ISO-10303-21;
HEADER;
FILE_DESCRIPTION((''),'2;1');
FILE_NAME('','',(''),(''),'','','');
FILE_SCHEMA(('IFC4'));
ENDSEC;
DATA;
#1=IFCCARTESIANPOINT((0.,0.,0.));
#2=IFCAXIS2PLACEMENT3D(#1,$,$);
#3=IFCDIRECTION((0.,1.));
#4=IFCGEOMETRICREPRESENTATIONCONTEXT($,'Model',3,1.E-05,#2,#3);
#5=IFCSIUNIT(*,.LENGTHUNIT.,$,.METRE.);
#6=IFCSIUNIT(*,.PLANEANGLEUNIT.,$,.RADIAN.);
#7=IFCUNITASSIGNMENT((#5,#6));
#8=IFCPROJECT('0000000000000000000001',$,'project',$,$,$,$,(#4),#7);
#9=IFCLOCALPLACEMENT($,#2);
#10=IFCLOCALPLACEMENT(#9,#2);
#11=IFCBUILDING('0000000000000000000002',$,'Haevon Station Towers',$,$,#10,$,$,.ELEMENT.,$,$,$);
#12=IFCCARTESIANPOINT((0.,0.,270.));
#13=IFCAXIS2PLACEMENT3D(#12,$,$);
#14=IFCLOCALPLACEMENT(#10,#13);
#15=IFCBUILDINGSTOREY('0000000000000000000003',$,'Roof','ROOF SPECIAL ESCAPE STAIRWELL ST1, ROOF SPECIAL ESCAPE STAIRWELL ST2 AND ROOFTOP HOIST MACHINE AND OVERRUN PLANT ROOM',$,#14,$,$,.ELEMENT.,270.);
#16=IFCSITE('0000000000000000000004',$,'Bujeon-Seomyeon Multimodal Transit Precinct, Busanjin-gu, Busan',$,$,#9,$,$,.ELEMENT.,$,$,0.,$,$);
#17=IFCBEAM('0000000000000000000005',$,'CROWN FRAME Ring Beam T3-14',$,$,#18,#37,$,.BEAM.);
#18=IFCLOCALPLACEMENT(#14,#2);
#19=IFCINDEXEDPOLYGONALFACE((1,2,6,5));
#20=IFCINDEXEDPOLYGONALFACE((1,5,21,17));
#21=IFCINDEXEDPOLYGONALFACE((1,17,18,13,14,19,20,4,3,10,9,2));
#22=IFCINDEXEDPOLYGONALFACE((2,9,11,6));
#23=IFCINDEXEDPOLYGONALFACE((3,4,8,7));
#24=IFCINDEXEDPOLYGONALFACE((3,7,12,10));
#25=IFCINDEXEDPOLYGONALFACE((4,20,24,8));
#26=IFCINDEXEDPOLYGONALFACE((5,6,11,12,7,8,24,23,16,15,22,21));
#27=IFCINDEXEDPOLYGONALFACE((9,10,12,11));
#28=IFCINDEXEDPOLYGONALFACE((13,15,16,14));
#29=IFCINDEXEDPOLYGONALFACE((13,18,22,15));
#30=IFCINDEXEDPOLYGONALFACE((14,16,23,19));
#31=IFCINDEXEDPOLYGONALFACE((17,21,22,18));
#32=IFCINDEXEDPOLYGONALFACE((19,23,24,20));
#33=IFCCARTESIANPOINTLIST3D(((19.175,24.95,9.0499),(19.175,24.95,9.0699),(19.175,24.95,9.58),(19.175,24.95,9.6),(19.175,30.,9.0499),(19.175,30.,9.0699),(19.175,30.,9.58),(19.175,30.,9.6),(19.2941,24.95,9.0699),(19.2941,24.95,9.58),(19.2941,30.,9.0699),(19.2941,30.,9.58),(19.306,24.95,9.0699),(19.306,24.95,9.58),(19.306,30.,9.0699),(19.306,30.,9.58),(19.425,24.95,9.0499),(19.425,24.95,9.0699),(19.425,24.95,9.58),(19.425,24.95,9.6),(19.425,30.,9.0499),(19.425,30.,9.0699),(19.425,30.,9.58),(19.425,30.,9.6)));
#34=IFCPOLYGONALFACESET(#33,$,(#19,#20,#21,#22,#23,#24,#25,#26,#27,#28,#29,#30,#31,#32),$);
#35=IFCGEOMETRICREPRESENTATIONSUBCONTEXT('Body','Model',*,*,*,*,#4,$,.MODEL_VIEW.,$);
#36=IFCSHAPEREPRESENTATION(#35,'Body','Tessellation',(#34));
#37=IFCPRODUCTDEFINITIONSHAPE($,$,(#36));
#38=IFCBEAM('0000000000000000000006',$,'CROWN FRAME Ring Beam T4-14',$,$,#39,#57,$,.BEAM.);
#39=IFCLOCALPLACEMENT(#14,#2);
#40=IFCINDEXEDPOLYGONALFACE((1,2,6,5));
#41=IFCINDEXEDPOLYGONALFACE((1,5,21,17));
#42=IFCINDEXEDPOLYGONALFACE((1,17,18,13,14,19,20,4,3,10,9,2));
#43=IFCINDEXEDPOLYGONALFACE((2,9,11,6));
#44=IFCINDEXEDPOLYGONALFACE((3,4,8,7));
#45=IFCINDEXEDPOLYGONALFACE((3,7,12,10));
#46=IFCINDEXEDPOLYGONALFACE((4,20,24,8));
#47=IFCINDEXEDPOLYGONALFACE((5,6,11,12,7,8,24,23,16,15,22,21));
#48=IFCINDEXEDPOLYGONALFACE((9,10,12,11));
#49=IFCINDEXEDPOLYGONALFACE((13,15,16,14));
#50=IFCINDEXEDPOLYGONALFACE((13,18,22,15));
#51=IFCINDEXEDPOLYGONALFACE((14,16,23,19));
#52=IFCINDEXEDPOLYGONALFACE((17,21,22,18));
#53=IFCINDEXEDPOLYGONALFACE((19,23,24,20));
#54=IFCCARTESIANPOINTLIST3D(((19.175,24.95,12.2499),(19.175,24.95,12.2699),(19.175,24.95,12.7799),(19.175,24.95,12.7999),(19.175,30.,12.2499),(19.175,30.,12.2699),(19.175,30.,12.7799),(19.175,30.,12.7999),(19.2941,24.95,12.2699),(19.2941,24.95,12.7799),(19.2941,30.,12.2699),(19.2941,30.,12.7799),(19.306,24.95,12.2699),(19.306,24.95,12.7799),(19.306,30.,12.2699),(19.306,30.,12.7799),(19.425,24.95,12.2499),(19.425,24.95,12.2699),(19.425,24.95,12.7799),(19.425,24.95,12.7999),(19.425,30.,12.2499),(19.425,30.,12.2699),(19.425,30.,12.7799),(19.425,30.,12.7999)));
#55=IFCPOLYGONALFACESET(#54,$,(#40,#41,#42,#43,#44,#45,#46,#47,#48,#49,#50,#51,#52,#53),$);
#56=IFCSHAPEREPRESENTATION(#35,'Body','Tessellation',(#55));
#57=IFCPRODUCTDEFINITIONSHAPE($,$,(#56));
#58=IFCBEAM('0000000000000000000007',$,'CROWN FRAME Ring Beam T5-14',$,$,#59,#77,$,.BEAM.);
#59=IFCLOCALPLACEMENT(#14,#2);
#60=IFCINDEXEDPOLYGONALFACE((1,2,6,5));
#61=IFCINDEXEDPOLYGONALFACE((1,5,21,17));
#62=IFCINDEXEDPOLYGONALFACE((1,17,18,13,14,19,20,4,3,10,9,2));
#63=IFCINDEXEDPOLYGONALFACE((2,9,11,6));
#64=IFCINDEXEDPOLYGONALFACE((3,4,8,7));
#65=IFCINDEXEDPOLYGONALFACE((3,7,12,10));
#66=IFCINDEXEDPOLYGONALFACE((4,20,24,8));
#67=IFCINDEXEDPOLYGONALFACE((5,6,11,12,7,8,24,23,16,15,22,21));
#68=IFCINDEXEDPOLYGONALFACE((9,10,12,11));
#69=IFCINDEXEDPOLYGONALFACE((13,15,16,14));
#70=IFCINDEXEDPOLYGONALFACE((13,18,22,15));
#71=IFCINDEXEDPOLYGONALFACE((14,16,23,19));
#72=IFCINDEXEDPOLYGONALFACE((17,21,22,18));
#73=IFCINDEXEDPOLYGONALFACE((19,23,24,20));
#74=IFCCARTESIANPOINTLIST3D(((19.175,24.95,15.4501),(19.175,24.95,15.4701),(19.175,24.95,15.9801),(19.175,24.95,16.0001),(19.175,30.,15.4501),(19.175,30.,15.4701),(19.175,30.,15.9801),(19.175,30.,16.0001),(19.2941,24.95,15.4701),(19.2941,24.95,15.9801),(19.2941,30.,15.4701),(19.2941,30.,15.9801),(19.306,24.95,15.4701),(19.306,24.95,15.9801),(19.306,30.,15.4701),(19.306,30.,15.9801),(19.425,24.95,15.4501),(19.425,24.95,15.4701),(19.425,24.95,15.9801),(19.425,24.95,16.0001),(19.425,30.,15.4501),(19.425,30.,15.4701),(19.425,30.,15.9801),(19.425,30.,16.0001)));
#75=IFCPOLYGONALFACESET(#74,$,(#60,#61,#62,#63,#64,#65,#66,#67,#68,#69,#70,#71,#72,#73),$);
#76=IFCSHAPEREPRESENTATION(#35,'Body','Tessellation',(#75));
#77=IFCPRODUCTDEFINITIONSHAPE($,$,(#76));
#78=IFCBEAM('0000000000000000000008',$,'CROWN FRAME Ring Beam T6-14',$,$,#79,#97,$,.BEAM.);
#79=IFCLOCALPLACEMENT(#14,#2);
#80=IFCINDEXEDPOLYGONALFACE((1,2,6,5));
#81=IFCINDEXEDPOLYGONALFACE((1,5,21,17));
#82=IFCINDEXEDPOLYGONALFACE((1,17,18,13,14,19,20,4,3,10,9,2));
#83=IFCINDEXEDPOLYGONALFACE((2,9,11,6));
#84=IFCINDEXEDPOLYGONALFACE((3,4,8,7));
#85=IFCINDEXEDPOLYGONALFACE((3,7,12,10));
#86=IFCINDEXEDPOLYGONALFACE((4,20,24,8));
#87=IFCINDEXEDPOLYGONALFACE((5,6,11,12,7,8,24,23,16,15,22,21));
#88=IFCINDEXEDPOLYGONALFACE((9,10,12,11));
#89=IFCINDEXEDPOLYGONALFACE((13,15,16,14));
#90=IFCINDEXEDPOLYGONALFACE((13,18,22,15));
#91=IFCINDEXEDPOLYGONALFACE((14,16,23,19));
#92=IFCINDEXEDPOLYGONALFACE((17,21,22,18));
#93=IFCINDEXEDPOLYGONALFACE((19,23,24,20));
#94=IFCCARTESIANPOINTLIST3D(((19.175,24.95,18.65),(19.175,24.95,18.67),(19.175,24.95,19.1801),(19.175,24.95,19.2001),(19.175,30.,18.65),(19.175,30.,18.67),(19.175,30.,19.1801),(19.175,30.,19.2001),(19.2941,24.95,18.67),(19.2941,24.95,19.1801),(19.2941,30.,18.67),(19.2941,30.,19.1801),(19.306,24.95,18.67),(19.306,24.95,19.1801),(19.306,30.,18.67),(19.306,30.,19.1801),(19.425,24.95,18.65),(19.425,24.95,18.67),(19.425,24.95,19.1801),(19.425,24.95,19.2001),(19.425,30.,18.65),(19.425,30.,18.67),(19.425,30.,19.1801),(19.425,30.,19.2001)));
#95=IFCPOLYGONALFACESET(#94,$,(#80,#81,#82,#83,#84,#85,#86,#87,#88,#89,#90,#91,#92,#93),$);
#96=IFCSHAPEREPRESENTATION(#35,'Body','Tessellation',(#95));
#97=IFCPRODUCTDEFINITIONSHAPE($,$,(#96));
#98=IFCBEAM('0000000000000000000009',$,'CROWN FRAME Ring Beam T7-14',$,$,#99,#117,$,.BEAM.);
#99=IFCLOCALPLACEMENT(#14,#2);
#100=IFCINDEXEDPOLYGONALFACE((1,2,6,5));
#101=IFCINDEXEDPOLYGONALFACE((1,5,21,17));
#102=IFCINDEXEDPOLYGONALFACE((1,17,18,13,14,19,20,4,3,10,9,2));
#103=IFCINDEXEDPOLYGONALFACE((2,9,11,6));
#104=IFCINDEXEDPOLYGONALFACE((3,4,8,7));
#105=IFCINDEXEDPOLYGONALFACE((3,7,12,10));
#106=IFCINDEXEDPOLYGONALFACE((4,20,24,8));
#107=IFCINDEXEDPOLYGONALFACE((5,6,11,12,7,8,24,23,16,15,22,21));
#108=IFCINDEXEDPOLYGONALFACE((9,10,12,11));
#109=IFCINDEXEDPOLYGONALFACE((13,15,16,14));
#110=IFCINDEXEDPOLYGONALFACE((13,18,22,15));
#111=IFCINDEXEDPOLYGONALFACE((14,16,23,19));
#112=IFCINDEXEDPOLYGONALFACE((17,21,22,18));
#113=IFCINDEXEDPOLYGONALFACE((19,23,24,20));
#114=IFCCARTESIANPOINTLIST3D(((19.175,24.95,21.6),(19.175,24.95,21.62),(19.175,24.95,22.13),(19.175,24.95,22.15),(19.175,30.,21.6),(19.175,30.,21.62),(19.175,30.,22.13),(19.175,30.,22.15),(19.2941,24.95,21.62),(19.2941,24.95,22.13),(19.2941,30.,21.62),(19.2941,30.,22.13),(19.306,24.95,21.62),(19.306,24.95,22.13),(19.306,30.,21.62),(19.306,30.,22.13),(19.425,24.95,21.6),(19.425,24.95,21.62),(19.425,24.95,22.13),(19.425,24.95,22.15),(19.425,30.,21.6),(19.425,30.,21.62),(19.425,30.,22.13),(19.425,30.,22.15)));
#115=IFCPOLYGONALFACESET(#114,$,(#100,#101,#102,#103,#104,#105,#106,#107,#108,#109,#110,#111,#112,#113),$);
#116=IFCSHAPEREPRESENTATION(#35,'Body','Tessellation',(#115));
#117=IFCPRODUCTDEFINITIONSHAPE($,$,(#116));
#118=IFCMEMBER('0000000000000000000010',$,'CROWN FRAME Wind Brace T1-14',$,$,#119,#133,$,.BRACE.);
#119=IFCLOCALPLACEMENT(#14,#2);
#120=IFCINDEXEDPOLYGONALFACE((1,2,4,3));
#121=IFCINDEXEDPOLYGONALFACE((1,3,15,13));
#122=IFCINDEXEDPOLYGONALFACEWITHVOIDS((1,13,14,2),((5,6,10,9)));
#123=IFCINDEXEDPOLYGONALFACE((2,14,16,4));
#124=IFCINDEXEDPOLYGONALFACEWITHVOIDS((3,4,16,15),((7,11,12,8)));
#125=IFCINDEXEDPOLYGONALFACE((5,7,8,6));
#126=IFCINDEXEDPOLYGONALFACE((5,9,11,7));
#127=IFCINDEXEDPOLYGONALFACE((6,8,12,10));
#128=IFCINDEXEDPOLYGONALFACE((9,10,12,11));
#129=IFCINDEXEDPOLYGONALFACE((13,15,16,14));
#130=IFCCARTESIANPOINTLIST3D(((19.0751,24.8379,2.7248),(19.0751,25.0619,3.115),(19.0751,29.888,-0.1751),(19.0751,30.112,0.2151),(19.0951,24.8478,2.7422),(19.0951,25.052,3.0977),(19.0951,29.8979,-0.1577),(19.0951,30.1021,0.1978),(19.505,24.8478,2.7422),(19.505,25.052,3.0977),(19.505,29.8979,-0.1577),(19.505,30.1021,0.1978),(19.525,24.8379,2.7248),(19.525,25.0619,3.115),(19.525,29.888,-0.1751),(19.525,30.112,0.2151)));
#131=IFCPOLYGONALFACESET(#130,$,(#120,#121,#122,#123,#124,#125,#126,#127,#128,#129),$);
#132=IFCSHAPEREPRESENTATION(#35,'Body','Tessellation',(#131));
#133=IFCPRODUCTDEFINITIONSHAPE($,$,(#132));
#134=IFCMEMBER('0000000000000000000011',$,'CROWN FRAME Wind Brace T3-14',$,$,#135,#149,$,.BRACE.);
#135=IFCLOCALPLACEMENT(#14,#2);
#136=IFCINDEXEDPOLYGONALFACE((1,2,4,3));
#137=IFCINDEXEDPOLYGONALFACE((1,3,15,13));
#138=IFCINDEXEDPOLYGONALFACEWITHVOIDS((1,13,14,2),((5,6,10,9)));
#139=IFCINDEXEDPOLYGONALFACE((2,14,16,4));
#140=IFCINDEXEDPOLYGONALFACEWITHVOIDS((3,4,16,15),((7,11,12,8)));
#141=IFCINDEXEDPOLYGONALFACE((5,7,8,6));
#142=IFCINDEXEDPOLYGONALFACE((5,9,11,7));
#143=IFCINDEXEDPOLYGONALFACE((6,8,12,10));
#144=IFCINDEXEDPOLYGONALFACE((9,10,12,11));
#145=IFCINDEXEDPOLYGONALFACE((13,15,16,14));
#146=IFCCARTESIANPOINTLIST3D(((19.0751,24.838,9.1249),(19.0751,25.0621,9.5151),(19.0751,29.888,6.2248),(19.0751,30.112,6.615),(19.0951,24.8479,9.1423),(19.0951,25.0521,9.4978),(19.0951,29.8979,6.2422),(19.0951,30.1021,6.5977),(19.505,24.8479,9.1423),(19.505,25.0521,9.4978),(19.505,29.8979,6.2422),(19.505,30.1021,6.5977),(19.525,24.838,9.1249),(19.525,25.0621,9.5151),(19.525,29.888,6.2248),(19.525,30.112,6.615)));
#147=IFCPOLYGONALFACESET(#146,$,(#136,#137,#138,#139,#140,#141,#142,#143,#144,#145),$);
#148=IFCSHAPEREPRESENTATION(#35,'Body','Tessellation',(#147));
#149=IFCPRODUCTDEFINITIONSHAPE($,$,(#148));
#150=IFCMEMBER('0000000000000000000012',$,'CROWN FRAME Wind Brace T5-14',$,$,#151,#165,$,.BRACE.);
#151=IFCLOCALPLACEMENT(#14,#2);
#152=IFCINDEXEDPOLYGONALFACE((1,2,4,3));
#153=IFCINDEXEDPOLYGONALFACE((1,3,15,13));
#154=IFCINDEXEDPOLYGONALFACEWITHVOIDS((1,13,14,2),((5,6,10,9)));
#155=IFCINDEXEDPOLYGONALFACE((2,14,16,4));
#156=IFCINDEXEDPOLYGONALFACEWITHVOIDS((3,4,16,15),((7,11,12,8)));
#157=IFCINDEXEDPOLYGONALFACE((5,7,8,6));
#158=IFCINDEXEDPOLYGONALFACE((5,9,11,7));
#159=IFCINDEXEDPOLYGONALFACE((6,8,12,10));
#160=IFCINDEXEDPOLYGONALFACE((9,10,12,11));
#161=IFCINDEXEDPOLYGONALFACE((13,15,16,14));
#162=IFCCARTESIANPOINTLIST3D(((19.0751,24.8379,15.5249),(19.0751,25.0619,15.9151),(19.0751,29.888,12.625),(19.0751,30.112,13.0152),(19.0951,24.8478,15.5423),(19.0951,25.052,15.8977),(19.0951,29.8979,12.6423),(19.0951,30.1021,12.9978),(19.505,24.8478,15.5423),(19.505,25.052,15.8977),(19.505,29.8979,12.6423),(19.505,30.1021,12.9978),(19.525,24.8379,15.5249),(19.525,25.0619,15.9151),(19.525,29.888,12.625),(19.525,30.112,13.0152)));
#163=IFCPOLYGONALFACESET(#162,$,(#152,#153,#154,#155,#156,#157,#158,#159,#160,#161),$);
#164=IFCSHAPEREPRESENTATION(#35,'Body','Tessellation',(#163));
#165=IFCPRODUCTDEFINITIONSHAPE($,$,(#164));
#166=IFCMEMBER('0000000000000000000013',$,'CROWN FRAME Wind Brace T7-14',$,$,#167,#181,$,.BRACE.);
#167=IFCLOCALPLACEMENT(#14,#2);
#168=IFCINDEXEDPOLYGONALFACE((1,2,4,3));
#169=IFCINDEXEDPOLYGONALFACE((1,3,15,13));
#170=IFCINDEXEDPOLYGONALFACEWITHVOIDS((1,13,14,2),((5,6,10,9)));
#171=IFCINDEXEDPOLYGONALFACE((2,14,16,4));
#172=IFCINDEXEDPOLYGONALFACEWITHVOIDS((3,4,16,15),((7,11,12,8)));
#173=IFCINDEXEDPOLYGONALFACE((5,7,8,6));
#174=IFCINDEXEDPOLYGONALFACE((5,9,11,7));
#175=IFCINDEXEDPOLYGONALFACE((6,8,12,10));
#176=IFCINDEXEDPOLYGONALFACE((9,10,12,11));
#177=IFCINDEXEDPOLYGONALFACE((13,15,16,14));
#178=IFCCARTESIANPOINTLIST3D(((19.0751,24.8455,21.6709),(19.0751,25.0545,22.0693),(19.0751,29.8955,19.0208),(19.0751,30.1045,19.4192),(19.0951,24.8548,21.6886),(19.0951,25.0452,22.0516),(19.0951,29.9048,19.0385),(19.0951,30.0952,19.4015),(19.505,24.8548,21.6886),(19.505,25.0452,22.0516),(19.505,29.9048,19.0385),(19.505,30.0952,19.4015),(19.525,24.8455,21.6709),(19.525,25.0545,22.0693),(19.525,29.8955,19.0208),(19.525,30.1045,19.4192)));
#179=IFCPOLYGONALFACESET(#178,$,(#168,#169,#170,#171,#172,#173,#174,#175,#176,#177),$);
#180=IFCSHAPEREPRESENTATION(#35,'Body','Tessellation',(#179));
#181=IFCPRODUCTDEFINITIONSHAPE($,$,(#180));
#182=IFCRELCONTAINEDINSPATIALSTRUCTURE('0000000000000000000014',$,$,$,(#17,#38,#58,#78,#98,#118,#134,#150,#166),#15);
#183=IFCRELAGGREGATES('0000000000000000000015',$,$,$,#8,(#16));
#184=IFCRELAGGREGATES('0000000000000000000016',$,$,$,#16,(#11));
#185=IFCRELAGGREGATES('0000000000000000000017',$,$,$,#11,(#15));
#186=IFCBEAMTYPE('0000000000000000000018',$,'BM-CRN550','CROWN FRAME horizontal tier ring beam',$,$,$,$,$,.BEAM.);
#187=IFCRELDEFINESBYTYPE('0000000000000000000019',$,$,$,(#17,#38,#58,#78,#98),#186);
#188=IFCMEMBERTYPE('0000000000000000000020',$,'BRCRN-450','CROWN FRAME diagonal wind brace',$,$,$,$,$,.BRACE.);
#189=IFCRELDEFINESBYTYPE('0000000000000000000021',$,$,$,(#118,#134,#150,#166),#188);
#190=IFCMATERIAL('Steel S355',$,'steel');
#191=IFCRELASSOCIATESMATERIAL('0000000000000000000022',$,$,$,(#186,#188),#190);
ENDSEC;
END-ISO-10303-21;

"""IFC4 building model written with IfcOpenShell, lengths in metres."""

from ifc_helpers import new_model, si_unit, direction, frame, origin, origin_2d, place, context, subcontext, project, spatial, hollow_rectangle, i_section, extrude, material, material_profile, profile_set, type_object, element, save


model = new_model("IFC4")

# Units and contexts
model_context = context("Model", 3, precision=1e-05, world=origin(), true_north=direction((0.0, 1.0)))
body_context = subcontext(model_context, "Body", "Model", "MODEL_VIEW")
ifc_project = project(units=[si_unit("LENGTHUNIT", "METRE"), si_unit("PLANEANGLEUNIT", "RADIAN")], contexts=[model_context])

# Site, building, storey
site_placement = place(None, origin())
site = spatial("IfcSite", under=ifc_project, at=site_placement, Name="Bujeon-Seomyeon Multimodal Transit Precinct, Busanjin-gu, Busan", CompositionType="ELEMENT", RefElevation=0.0)
building_placement = place(site_placement, origin())
building = spatial("IfcBuilding", under=site, at=building_placement, Name="Haevon Station Towers", CompositionType="ELEMENT")
storey_placement = place(building_placement, frame((0.0, 0.0, 270.0)))
storey = spatial("IfcBuildingStorey", under=building, at=storey_placement, Name="Roof", Description="ROOF SPECIAL ESCAPE STAIRWELL ST1, ROOF SPECIAL ESCAPE STAIRWELL ST2 AND ROOFTOP HOIST MACHINE AND OVERRUN PLANT ROOM", CompositionType="ELEMENT", Elevation=270.0)

# Shared definitions
ifc_material_1 = material(Name="Steel S355", Category="steel")

# Beams
ifc_material_profile_1 = material_profile(ifc_material_1, i_section(OverallWidth=0.25, OverallDepth=0.55, WebThickness=0.012, FlangeThickness=0.02, at=origin_2d()), Name="H-550x250x12x20")
ifc_profile_set_1 = profile_set([ifc_material_profile_1], Name="Steel S355")
beam_type = type_object("IfcBeamType", Name="BM-CRN550", Description="CROWN FRAME horizontal tier ring beam", PredefinedType="BEAM", material=ifc_profile_set_1)
for number, where, z_axis, x_axis, name in (
    (1, (19.3, 30.0, 9.325), (0.0, -1.0, 0.0), (1.0, 0.0, 0.0), "CROWN FRAME Ring Beam T3-14"),
    (2, (19.3, 30.0, 12.5249), (0.0, -1.0, 0.0), (1.0, 0.0, 0.0), "CROWN FRAME Ring Beam T4-14"),
    (3, (19.3, 30.0, 15.7251), (0.0, -1.0, 0.0), (1.0, 0.0, 0.0), "CROWN FRAME Ring Beam T5-14"),
    (4, (19.3, 30.0, 18.925), (0.0, -1.0, 0.0), (1.0, 0.0, 0.0), "CROWN FRAME Ring Beam T6-14"),
    (5, (19.3, 30.0, 21.875), (0.0, -1.0, 0.0), (1.0, 0.0, 0.0), "CROWN FRAME Ring Beam T7-14"),
):
    element("IfcBeam", number, at=place(storey_placement, frame(where, z_axis=z_axis, x_axis=x_axis)), inside=storey, type_object=beam_type, Name=name, PredefinedType="BEAM", context=body_context, shape_type="SweptSolid", body=[
        extrude(i_section(OverallWidth=0.25, OverallDepth=0.55, WebThickness=0.012, FlangeThickness=0.02, at=origin_2d()), origin(), (0.0, 0.0, 1.0), 5.05),
    ])

# Members
ifc_material_profile_2 = material_profile(ifc_material_1, hollow_rectangle(XDim=0.45, YDim=0.45, WallThickness=0.02, at=origin_2d()), Name="RHS-450x450x20")
ifc_profile_set_2 = profile_set([ifc_material_profile_2], Name="Steel S355")
member_type_1 = type_object("IfcMemberType", Name="BRCRN-450", Description="CROWN FRAME diagonal wind brace", PredefinedType="BRACE", material=ifc_profile_set_2)
for number, where, z_axis, x_axis, name in (
    (6, (19.3, 30.0, 0.02), (0.0, -0.867194, 0.497971), (1.0, 0.0, 0.0), "CROWN FRAME Wind Brace T1-14"),
    (7, (19.3, 30.0, 6.4199), (0.0, -0.867176, 0.498002), (1.0, 0.0, 0.0), "CROWN FRAME Wind Brace T3-14"),
    (8, (19.3, 30.0, 12.8201), (0.0, -0.867194, 0.497971), (1.0, 0.0, 0.0), "CROWN FRAME Wind Brace T5-14"),
):
    element("IfcMember", number, at=place(storey_placement, frame(where, z_axis=z_axis, x_axis=x_axis)), inside=storey, type_object=member_type_1, Name=name, PredefinedType="BRACE", context=body_context, shape_type="SweptSolid", body=[
        extrude(hollow_rectangle(XDim=0.45, YDim=0.45, WallThickness=0.02, at=origin_2d()), origin(), (0.0, 0.0, 1.0), 5.8235),
    ])
member_1_placement = place(storey_placement, frame((19.3, 30.0, 19.22), z_axis=(0.0, -0.885479, 0.464679), x_axis=(1.0, 0.0, 0.0)))
element("IfcMember", 9, at=member_1_placement, inside=storey, type_object=member_type_1, Name="CROWN FRAME Wind Brace T7-14", PredefinedType="BRACE", context=body_context, shape_type="SweptSolid", body=[
    extrude(hollow_rectangle(XDim=0.45, YDim=0.45, WallThickness=0.02, at=origin_2d()), origin(), (0.0, 0.0, 1.0), 5.7031),
])

save(model, "model.ifc")
